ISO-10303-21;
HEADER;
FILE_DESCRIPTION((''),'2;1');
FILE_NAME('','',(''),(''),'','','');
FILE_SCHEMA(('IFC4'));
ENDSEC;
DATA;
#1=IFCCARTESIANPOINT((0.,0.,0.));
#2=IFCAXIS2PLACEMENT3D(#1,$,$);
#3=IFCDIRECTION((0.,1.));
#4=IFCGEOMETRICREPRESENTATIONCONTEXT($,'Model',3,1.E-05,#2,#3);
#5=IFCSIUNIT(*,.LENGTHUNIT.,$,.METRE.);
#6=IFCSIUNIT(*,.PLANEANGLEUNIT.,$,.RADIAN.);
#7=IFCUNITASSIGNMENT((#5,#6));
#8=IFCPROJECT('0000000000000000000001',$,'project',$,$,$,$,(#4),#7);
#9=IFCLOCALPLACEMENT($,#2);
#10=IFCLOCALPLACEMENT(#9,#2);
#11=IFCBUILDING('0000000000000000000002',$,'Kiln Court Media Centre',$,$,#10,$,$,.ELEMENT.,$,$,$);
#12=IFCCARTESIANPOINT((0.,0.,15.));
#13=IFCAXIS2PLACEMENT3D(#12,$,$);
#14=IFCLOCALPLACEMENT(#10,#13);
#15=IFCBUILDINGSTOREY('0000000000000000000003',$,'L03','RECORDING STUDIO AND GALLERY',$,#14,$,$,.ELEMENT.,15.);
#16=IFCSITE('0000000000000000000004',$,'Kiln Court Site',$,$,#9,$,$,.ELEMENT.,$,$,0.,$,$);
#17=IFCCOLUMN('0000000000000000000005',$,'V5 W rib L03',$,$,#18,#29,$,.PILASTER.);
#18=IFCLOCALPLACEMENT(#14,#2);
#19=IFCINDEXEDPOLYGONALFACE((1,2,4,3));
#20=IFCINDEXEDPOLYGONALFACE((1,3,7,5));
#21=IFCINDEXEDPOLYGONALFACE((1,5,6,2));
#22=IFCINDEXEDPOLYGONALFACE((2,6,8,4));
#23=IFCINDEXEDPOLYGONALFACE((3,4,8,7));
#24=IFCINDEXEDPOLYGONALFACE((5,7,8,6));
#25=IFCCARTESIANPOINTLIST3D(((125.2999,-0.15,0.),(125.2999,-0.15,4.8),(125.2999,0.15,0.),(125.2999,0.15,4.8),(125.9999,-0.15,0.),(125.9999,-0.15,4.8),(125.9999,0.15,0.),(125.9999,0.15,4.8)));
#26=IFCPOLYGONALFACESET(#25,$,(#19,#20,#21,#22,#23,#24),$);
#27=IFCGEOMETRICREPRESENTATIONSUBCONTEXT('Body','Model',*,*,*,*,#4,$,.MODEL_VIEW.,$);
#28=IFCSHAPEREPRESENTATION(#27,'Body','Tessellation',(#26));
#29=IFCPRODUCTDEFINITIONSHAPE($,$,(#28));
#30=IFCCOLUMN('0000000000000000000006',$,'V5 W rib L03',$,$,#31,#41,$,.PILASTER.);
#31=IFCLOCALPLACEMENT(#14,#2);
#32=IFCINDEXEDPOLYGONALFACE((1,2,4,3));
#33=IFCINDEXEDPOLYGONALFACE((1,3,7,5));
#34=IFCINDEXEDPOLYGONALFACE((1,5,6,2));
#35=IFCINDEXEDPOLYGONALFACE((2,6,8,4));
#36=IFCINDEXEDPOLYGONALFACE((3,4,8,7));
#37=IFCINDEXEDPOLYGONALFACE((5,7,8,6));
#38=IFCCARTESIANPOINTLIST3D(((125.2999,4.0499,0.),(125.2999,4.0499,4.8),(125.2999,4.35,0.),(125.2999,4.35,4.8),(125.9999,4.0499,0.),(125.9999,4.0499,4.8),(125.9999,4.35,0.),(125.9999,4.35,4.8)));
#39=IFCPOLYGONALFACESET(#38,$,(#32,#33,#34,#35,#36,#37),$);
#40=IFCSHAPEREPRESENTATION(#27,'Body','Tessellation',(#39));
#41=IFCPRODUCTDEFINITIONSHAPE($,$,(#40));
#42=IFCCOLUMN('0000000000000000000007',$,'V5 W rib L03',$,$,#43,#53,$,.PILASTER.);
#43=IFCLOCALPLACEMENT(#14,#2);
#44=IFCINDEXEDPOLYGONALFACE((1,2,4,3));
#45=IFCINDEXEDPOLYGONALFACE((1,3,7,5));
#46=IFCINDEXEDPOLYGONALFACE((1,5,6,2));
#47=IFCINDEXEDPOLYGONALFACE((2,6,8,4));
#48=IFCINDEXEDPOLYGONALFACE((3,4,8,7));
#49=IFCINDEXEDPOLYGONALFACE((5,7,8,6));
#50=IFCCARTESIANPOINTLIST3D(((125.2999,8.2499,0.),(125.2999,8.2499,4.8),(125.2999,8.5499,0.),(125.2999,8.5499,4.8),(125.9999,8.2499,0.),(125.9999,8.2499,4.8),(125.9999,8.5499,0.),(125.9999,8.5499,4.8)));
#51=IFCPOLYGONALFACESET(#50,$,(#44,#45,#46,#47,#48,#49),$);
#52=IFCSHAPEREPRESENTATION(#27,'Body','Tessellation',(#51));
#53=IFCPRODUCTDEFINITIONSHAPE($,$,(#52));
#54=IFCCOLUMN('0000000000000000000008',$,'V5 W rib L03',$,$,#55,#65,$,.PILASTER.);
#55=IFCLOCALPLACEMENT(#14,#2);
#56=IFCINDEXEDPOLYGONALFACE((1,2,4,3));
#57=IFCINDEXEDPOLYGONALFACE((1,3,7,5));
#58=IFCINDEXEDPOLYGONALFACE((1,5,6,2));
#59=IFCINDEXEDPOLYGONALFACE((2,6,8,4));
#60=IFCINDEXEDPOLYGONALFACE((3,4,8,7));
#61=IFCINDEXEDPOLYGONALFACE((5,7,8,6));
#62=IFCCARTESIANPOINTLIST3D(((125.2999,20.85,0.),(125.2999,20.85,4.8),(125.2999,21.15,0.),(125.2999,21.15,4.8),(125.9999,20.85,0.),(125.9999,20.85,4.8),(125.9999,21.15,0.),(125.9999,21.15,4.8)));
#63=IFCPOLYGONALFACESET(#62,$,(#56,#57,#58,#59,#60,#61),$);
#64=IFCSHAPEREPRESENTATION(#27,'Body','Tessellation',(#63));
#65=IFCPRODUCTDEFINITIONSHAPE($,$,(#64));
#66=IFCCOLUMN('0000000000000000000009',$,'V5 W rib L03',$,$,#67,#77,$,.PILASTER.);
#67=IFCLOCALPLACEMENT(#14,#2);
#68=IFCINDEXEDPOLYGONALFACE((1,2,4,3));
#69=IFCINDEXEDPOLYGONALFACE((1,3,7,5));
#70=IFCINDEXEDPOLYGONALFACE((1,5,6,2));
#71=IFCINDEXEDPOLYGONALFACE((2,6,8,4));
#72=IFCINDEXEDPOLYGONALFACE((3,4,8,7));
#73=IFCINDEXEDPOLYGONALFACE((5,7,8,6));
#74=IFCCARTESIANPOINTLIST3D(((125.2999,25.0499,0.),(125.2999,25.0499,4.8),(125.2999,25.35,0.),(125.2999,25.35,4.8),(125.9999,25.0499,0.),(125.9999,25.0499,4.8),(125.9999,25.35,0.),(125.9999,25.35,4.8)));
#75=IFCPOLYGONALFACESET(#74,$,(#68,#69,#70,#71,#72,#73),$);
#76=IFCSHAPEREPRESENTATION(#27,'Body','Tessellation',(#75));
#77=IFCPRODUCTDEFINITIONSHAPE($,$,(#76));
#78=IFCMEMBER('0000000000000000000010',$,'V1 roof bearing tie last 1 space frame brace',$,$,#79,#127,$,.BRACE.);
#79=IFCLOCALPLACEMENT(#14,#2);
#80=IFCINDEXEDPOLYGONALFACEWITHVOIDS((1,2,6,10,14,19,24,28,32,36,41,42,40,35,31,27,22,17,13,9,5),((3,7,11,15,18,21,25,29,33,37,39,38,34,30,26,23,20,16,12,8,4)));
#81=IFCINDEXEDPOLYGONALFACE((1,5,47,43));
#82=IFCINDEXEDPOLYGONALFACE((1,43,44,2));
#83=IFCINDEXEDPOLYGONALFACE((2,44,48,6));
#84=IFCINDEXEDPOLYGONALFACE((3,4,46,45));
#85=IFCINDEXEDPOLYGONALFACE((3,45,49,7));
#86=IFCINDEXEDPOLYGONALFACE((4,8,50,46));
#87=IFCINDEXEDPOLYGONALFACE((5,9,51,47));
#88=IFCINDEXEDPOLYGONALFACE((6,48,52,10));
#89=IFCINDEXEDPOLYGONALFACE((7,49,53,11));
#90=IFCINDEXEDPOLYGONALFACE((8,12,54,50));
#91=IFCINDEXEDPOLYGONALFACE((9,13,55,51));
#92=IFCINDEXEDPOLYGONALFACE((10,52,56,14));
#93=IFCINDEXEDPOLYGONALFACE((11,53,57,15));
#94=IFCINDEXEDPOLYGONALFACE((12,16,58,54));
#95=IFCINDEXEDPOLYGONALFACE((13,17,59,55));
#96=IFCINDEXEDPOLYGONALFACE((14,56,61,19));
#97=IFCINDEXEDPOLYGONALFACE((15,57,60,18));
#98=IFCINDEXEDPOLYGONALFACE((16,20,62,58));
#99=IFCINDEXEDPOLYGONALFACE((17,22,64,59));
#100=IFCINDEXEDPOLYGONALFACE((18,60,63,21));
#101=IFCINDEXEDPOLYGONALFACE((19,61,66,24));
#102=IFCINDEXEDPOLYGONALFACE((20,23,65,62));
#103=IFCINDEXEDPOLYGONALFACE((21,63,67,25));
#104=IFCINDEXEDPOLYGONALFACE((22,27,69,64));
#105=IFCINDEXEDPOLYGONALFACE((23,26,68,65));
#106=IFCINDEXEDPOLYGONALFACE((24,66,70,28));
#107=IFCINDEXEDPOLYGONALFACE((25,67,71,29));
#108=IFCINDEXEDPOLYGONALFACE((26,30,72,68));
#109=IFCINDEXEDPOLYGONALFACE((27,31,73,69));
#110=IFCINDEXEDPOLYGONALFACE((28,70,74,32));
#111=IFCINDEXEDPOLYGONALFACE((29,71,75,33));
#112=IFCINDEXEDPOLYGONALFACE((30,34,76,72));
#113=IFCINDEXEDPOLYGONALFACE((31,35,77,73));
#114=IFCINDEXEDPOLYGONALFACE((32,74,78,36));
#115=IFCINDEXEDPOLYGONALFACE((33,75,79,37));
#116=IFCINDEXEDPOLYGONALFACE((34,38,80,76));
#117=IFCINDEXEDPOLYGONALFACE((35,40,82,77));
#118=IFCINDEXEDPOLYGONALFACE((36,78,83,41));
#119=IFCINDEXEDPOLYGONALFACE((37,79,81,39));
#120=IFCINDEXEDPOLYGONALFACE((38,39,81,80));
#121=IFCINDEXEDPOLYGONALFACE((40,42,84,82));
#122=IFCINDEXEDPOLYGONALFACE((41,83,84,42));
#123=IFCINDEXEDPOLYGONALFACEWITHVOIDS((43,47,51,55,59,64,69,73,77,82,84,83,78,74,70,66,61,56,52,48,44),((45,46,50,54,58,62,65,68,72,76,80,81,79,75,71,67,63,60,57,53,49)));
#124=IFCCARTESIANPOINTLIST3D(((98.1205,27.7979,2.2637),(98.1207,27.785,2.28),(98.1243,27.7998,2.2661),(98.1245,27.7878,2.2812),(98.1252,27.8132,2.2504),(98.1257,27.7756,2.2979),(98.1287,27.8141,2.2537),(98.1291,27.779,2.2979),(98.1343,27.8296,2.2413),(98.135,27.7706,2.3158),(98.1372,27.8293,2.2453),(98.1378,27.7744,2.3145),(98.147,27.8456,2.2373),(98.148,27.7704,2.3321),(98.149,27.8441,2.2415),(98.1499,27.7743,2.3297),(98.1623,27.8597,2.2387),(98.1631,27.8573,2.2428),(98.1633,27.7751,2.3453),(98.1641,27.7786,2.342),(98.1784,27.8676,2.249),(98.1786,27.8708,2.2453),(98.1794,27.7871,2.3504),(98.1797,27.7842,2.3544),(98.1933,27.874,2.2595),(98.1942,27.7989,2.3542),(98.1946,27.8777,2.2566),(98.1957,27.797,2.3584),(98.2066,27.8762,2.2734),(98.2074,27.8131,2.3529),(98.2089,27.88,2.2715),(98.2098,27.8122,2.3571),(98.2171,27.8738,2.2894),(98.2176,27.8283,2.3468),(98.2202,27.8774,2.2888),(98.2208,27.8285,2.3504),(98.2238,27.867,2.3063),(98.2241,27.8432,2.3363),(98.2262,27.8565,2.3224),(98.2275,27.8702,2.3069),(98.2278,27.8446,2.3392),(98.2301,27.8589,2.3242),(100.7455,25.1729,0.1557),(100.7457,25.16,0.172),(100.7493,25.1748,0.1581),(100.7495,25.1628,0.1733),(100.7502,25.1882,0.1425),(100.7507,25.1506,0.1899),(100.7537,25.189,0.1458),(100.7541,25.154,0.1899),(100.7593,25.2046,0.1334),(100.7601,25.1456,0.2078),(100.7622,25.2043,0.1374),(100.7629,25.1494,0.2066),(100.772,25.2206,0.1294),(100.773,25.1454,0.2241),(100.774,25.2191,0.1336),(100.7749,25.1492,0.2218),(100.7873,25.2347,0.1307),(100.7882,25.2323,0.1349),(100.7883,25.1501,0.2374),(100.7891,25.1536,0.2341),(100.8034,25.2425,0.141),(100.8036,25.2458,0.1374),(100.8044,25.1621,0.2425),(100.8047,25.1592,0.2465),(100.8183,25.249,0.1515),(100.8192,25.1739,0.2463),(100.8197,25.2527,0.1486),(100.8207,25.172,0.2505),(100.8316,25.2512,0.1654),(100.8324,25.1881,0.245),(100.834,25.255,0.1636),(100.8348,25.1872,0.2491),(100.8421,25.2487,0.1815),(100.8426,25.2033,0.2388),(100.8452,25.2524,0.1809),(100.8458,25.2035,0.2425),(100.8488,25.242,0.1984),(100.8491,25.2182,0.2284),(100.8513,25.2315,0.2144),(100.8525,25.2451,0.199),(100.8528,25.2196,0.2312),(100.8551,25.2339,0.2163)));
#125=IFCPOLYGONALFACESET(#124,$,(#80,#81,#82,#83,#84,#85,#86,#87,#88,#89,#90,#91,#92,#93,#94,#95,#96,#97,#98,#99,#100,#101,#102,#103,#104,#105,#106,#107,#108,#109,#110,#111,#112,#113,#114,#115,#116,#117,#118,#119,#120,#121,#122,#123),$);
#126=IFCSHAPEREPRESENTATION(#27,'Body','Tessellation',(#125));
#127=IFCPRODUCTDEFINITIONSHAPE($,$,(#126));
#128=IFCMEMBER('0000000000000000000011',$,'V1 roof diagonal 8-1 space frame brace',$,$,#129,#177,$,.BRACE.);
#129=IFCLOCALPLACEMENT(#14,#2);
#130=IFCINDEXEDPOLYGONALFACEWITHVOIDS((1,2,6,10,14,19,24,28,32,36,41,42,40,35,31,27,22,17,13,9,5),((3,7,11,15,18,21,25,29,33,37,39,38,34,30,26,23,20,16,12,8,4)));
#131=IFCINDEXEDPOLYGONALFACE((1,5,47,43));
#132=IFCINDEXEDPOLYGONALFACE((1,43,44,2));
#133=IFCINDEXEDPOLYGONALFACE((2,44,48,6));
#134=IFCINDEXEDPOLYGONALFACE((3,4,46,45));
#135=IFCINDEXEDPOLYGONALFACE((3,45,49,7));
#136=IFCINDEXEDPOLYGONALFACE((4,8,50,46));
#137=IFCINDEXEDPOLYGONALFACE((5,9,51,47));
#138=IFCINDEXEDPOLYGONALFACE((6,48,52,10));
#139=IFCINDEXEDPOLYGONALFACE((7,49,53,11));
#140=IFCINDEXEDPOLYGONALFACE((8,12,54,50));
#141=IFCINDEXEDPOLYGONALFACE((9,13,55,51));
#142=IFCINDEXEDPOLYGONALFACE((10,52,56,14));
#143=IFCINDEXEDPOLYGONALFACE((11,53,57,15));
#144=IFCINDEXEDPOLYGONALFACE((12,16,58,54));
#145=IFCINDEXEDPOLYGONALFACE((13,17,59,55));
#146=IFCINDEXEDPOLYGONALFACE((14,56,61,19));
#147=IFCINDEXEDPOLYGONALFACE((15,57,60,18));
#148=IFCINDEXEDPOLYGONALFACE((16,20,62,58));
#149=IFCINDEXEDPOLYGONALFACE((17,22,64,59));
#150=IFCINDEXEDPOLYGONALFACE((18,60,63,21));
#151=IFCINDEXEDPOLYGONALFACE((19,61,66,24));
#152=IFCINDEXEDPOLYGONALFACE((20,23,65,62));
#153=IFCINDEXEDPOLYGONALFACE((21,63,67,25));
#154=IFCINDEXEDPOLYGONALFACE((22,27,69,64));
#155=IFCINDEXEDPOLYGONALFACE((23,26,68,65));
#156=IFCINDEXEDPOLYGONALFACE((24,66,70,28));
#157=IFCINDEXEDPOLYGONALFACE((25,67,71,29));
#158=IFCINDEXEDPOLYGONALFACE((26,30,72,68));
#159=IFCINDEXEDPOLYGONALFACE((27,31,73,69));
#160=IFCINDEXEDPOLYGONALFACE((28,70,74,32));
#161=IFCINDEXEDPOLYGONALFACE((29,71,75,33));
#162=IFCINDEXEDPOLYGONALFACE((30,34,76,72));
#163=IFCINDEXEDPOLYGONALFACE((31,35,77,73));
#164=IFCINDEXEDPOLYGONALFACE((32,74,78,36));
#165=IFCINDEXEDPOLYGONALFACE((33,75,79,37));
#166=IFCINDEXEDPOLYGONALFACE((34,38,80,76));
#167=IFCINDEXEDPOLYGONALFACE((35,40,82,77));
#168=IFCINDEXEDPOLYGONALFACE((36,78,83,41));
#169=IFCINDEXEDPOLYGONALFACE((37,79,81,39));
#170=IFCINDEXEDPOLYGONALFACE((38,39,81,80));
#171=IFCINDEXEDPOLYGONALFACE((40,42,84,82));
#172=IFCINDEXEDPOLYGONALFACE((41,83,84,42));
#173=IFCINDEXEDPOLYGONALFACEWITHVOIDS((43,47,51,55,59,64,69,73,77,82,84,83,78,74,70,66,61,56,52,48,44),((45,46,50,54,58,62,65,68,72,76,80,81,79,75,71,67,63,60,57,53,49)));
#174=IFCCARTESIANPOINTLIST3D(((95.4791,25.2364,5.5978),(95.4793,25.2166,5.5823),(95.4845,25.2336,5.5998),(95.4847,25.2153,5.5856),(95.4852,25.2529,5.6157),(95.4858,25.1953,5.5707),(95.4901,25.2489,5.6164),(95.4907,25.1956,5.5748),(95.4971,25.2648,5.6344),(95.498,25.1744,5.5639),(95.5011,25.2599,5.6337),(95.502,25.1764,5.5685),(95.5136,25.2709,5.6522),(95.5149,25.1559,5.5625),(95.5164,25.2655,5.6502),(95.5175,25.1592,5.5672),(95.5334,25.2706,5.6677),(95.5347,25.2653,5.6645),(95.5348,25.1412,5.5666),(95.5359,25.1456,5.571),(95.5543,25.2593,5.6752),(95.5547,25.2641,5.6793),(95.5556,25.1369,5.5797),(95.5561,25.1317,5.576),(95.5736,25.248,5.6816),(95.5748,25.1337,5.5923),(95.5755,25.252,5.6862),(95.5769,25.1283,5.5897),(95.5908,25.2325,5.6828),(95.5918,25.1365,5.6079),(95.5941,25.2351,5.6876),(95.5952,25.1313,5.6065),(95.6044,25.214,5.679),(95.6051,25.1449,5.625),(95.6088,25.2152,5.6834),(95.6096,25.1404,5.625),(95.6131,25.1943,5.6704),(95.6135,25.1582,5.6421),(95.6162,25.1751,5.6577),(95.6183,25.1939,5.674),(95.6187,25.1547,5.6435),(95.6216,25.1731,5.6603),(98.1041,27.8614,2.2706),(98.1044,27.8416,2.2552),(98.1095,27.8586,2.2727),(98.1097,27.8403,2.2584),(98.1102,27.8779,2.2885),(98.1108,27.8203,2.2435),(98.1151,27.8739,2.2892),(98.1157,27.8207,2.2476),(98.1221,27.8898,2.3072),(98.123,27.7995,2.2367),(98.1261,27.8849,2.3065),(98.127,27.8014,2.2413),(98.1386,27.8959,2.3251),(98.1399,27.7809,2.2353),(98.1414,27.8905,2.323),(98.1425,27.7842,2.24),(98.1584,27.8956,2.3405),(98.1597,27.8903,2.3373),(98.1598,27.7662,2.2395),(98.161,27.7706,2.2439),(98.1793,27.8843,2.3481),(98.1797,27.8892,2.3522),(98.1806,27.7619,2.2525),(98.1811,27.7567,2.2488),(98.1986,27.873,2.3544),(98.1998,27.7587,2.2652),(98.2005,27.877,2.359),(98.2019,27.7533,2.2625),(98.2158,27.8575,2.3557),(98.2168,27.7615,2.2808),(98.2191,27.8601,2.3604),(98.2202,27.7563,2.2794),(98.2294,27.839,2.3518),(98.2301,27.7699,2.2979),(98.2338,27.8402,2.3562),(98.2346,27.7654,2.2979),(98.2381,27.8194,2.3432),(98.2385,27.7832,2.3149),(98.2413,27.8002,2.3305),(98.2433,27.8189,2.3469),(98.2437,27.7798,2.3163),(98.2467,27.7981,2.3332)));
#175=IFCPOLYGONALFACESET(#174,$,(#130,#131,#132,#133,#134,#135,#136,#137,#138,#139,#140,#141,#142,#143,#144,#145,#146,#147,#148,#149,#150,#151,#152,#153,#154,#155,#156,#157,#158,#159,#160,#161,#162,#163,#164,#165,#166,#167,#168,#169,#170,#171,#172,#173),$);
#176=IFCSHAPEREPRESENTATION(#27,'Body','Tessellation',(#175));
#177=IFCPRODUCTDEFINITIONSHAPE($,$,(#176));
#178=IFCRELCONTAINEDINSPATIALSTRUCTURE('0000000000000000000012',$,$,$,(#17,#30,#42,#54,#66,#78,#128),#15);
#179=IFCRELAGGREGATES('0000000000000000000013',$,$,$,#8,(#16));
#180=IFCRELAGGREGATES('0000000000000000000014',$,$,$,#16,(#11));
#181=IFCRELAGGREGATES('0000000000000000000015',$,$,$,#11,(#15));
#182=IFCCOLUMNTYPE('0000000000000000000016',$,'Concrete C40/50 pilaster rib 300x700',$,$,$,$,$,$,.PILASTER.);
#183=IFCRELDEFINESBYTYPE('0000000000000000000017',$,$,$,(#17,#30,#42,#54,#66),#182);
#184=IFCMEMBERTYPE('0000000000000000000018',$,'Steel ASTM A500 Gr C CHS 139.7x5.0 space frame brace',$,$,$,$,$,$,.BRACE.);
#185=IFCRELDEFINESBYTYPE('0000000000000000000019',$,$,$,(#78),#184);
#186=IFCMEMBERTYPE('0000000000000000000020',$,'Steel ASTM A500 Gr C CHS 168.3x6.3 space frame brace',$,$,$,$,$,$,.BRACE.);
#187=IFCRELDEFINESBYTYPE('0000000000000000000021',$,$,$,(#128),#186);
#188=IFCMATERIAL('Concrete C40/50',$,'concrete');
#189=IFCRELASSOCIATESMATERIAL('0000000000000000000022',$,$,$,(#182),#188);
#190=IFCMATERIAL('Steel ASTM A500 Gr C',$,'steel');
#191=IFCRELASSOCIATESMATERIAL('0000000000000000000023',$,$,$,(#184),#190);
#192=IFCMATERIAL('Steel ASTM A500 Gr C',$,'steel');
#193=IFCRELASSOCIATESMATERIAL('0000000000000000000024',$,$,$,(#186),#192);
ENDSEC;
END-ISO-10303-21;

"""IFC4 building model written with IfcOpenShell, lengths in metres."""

from ifc_helpers import new_model, si_unit, direction, frame, origin, origin_2d, place, context, subcontext, project, spatial, rectangle, hollow_circle, extrude, material, material_profile, profile_set, type_object, element, save


model = new_model("IFC4")

# Units and contexts
model_context = context("Model", 3, precision=1e-05, world=origin(), true_north=direction((0.0, 1.0)))
body_context = subcontext(model_context, "Body", "Model", "MODEL_VIEW")
ifc_project = project(units=[si_unit("LENGTHUNIT", "METRE"), si_unit("PLANEANGLEUNIT", "RADIAN")], contexts=[model_context])

# Site, building, storey
site_placement = place(None, origin())
site = spatial("IfcSite", under=ifc_project, at=site_placement, Name="Kiln Court Site", CompositionType="ELEMENT", RefElevation=0.0)
building_placement = place(site_placement, origin())
building = spatial("IfcBuilding", under=site, at=building_placement, Name="Kiln Court Media Centre", CompositionType="ELEMENT")
storey_placement = place(building_placement, frame((0.0, 0.0, 15.0)))
storey = spatial("IfcBuildingStorey", under=building, at=storey_placement, Name="L03", Description="RECORDING STUDIO AND GALLERY", CompositionType="ELEMENT", Elevation=15.0)

# Columns
ifc_material_1 = material(Name="Concrete C40/50", Category="concrete")
ifc_material_profile_1 = material_profile(ifc_material_1, rectangle(XDim=0.3, YDim=0.7, at=origin_2d()), Name="RC 300x700")
ifc_profile_set_1 = profile_set([ifc_material_profile_1], Name="Concrete C40/50")
column_type = type_object("IfcColumnType", Name="Concrete C40/50 pilaster rib 300x700", PredefinedType="PILASTER", material=ifc_profile_set_1)
for number, where, z_axis, x_axis, name in (
    (1, (125.6499, 0.0, 0.0), (0.0, 0.0, 1.0), (0.0, 1.0, 0.0), "V5 W rib L03"),
    (2, (125.6499, 4.2, 0.0), (0.0, 0.0, 1.0), (0.0, 1.0, 0.0), "V5 W rib L03"),
    (3, (125.6499, 8.3999, 0.0), (0.0, 0.0, 1.0), (0.0, 1.0, 0.0), "V5 W rib L03"),
    (4, (125.6499, 21.0, 0.0), (0.0, 0.0, 1.0), (0.0, 1.0, 0.0), "V5 W rib L03"),
    (5, (125.6499, 25.2, 0.0), (0.0, 0.0, 1.0), (0.0, 1.0, 0.0), "V5 W rib L03"),
):
    element("IfcColumn", number, at=place(storey_placement, frame(where, z_axis=z_axis, x_axis=x_axis)), inside=storey, type_object=column_type, Name=name, PredefinedType="PILASTER", context=body_context, shape_type="SweptSolid", body=[
        extrude(rectangle(XDim=0.3, YDim=0.7, at=origin_2d()), origin(), (0.0, 0.0, 1.0), 4.8),
    ])

# Members
ifc_material_2 = material(Name="Steel ASTM A500 Gr C", Category="steel")
ifc_material_profile_2 = material_profile(ifc_material_2, hollow_circle(Radius=0.0698, WallThickness=0.0049, at=origin_2d()), Name="CHS 139.7x5.0")
ifc_profile_set_2 = profile_set([ifc_material_profile_2], Name="Steel ASTM A500 Gr C")
member_type_1 = type_object("IfcMemberType", Name="Steel ASTM A500 Gr C CHS 139.7x5.0 space frame brace", PredefinedType="BRACE", material=ifc_profile_set_2)
member_1_placement = place(storey_placement, frame((100.8, 25.2, 0.1899), z_axis=(-0.614895, 0.614895, 0.493769), x_axis=(-0.707107, -0.707107, 0.0)))
element("IfcMember", 6, at=member_1_placement, inside=storey, type_object=member_type_1, Name="V1 roof bearing tie last 1 space frame brace", PredefinedType="BRACE", context=body_context, shape_type="SweptSolid", body=[
    extrude(hollow_circle(Radius=0.0698, WallThickness=0.0049, at=origin_2d()), origin(), (0.0, 0.0, 1.0), 4.269),
])
ifc_material_3 = material(Name="Steel ASTM A500 Gr C", Category="steel")
ifc_material_profile_3 = material_profile(ifc_material_3, hollow_circle(Radius=0.0842, WallThickness=0.0063, at=origin_2d()), Name="CHS 168.3x6.3")
ifc_profile_set_3 = profile_set([ifc_material_profile_3], Name="Steel ASTM A500 Gr C")
member_type_2 = type_object("IfcMemberType", Name="Steel ASTM A500 Gr C CHS 168.3x6.3 space frame brace", PredefinedType="BRACE", material=ifc_profile_set_3)
member_2_placement = place(storey_placement, frame((98.175, 27.825, 2.2979), z_axis=(-0.52657, -0.52657, 0.667419), x_axis=(0.707107, -0.707107, 0.0)))
element("IfcMember", 7, at=member_2_placement, inside=storey, type_object=member_type_2, Name="V1 roof diagonal 8-1 space frame brace", PredefinedType="BRACE", context=body_context, shape_type="SweptSolid", body=[
    extrude(hollow_circle(Radius=0.0842, WallThickness=0.0063, at=origin_2d()), origin(), (0.0, 0.0, 1.0), 4.9851),
])

save(model, "model.ifc")
